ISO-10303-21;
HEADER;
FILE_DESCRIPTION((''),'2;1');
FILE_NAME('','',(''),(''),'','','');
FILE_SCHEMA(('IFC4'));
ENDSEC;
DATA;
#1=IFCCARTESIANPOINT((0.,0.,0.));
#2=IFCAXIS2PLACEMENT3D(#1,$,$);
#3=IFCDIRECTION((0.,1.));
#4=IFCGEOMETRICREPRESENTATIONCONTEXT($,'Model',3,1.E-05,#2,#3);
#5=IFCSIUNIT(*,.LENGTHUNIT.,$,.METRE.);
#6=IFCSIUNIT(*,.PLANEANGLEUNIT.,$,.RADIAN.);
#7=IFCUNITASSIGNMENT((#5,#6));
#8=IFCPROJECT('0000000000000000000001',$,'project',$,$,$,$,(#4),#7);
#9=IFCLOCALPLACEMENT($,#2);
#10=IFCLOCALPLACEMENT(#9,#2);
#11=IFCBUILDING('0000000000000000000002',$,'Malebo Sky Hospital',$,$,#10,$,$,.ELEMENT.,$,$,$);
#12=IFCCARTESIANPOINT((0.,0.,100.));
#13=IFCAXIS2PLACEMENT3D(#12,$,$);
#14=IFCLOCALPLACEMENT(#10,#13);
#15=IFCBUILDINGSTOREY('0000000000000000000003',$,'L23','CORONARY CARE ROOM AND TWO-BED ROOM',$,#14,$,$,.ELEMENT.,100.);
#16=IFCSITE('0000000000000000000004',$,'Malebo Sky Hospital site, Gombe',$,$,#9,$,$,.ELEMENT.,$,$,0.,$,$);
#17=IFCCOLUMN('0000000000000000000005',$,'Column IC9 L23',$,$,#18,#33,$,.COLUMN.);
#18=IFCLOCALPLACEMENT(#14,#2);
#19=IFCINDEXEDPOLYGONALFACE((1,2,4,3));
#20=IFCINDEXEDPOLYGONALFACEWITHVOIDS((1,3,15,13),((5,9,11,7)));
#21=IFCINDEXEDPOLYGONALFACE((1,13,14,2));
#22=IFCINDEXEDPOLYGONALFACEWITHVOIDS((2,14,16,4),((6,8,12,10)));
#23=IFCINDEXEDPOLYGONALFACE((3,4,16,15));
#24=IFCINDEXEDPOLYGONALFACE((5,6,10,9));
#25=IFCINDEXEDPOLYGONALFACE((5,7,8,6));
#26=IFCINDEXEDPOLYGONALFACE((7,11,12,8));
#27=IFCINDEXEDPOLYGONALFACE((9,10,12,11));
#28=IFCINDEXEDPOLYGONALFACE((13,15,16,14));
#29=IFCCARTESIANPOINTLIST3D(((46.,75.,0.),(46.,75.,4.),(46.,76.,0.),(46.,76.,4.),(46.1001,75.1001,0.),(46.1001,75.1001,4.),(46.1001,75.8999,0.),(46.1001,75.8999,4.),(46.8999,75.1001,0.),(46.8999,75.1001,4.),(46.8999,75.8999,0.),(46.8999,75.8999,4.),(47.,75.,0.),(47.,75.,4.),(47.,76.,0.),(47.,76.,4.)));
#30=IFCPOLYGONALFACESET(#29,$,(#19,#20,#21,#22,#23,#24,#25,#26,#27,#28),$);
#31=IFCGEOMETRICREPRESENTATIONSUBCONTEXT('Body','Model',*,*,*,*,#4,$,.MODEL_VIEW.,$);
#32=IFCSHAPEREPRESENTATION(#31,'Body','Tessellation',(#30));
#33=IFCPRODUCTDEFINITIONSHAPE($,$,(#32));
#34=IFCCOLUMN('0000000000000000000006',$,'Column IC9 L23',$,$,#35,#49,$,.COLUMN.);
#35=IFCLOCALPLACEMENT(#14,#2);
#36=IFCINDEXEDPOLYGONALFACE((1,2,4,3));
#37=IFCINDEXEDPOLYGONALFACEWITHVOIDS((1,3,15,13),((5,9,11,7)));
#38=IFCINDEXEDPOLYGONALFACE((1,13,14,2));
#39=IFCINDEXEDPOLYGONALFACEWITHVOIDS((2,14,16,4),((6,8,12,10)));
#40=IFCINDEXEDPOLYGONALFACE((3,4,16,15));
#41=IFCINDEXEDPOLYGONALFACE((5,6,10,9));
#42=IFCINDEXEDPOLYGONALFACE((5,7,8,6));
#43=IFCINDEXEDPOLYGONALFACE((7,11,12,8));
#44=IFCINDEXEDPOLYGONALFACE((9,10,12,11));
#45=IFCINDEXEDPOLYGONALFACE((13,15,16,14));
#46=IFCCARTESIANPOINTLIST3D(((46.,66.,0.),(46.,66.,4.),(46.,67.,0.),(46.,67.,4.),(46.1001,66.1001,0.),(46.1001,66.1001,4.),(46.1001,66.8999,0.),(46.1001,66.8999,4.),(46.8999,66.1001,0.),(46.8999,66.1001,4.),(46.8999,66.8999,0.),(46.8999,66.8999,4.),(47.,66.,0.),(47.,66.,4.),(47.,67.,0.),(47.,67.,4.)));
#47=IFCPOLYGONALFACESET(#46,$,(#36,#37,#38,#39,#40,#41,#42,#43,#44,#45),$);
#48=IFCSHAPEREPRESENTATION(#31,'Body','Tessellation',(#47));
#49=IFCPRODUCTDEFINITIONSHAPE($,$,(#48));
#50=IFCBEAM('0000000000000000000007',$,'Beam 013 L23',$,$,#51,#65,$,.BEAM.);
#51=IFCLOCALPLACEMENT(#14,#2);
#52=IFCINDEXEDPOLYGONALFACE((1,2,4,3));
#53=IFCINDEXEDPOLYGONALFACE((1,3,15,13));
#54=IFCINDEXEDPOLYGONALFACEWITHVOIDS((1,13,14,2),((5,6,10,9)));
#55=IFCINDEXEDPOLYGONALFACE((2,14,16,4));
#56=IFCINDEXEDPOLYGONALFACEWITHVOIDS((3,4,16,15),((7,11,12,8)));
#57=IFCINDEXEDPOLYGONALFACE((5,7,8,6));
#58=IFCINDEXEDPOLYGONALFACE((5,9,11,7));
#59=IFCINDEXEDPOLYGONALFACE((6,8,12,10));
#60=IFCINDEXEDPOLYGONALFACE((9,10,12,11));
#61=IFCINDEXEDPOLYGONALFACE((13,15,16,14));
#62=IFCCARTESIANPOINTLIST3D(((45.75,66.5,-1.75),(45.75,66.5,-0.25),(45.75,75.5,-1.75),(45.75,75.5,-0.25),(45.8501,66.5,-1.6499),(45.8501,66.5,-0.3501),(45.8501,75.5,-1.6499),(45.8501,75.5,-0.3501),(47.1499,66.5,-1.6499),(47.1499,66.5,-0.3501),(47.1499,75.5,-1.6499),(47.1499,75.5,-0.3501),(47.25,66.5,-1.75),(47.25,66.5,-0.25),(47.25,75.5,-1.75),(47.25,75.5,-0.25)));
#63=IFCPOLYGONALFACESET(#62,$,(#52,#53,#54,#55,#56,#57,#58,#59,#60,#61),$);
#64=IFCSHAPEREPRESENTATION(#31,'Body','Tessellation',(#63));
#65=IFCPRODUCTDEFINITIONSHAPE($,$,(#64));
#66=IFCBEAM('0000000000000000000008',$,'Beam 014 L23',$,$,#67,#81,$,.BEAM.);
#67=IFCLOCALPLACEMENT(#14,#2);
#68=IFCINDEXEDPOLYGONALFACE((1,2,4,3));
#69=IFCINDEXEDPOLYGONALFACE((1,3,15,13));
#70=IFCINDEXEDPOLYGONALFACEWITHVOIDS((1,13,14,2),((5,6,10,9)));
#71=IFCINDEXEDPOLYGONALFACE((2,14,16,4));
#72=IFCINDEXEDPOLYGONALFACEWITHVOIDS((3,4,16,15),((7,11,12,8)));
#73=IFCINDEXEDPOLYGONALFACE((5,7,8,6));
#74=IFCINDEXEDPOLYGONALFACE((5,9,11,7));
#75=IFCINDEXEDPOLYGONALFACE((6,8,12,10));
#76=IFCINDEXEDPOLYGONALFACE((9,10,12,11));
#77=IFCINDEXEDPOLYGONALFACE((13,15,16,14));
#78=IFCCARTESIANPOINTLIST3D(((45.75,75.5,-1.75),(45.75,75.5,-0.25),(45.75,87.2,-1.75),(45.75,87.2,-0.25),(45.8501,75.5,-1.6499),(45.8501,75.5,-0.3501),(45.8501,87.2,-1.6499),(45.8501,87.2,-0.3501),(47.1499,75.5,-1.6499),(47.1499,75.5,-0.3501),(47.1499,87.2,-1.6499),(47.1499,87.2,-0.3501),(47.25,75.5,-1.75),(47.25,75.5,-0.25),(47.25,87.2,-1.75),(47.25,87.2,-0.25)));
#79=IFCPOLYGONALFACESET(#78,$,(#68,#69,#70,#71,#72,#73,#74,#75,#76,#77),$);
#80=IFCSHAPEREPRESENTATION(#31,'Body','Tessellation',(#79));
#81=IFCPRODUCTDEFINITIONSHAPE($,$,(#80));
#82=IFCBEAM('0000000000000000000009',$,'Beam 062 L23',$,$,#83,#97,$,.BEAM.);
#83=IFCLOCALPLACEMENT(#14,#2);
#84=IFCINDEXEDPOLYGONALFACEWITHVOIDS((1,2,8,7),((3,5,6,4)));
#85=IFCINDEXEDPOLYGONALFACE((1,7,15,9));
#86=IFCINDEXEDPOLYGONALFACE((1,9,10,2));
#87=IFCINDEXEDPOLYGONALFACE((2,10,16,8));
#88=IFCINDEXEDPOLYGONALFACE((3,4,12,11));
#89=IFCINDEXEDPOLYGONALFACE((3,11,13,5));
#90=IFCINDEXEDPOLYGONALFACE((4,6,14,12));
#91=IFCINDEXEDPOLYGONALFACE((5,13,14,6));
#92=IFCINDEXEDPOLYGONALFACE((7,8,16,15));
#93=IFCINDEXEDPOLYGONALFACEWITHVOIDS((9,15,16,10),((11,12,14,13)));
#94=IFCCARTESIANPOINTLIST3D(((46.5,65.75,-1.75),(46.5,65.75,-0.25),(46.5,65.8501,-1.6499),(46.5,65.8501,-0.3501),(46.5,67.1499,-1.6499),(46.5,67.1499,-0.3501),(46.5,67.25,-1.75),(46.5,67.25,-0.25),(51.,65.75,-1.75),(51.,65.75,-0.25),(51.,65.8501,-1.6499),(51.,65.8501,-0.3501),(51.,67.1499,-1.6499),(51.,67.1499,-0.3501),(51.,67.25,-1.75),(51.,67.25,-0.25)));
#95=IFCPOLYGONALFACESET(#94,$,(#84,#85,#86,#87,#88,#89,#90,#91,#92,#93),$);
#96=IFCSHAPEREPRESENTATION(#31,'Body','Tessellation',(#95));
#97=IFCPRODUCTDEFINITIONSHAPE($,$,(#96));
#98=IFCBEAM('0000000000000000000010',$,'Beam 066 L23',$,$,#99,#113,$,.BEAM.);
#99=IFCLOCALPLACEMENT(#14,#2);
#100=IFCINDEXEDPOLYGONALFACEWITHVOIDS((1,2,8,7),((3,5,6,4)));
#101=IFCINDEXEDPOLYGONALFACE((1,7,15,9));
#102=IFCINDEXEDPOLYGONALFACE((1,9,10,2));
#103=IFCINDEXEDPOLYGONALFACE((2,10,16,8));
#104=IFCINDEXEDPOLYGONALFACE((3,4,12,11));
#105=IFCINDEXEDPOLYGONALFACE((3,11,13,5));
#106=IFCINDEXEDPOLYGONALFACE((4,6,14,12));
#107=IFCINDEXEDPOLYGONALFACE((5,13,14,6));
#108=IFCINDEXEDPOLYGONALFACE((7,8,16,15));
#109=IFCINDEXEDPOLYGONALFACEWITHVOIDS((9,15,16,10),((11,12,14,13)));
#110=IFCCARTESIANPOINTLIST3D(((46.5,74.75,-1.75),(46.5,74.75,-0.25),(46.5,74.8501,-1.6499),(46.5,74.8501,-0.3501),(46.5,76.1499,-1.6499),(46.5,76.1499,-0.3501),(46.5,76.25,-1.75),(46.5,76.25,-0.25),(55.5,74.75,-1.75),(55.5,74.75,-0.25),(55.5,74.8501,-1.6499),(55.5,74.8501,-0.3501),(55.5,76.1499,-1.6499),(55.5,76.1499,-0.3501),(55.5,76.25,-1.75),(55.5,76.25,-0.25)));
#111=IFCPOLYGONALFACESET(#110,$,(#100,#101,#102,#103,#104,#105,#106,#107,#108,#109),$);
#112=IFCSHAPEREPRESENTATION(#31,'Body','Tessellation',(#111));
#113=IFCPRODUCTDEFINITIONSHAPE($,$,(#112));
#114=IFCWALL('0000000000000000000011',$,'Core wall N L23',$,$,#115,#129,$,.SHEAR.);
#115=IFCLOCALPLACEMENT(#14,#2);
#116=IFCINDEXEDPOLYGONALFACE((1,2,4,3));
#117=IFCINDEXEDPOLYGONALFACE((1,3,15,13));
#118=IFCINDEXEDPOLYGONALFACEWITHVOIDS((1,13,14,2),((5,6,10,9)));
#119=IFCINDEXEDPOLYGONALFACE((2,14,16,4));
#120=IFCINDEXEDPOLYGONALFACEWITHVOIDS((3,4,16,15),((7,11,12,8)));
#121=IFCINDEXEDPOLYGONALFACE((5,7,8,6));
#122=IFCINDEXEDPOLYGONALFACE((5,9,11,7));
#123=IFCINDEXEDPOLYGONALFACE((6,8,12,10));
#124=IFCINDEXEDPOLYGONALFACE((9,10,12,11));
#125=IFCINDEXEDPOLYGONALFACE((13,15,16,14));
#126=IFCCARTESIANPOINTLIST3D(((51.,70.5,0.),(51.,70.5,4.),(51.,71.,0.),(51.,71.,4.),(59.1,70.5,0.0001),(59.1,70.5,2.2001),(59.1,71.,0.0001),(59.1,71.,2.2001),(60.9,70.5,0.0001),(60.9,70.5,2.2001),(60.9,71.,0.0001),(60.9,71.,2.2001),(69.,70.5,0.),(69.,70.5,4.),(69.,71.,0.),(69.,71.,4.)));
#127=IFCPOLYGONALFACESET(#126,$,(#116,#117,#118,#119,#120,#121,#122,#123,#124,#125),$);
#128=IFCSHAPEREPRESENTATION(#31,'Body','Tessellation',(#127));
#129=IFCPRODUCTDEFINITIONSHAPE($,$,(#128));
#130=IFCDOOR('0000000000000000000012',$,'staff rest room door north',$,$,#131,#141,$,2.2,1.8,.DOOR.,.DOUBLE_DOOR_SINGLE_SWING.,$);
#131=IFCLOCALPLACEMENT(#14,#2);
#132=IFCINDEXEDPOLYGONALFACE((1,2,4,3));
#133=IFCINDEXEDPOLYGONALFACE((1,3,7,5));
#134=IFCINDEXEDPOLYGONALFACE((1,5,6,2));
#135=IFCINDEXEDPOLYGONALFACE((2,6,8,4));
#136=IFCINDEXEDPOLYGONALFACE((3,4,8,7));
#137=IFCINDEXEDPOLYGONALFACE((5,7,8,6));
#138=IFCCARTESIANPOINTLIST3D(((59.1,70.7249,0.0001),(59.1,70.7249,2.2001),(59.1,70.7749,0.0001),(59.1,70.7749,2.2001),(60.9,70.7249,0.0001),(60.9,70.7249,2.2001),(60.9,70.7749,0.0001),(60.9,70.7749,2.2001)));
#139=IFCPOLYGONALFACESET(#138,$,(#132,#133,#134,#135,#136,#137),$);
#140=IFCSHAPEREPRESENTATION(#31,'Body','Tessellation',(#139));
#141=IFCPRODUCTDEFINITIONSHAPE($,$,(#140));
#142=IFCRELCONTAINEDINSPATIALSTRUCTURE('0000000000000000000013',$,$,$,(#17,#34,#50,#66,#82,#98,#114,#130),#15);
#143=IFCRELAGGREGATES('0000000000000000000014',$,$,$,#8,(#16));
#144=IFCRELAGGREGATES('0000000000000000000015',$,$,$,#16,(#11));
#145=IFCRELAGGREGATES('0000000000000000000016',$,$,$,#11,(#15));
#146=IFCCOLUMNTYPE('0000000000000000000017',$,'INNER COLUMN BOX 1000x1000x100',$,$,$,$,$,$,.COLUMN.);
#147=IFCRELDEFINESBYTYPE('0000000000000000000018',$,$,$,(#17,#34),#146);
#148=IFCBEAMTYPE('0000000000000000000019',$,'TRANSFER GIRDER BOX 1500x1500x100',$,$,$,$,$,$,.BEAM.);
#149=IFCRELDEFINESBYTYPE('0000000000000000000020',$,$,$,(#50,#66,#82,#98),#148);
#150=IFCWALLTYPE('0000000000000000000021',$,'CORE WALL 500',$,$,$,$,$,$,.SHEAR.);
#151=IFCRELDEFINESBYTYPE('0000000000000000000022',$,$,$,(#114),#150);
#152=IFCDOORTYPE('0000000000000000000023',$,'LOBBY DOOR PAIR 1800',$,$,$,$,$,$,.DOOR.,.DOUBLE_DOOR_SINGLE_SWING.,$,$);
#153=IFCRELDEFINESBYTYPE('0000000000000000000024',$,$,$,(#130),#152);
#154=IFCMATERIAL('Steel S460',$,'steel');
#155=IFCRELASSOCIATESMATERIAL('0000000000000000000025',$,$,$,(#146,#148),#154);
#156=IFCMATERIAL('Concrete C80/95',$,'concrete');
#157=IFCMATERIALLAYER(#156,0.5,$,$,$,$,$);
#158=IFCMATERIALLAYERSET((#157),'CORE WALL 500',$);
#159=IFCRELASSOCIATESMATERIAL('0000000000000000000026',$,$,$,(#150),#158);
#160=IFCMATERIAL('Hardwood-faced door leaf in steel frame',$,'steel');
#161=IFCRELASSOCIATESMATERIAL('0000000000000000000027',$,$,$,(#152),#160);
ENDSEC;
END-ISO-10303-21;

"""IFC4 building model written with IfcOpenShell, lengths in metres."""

from ifc_helpers import new_model, si_unit, direction, frame, frame_2d, origin, origin_2d, place, context, subcontext, project, spatial, rectangle, hollow_rectangle, extrude, material, layer, layer_set, material_profile, profile_set, type_object, element, fill, save


model = new_model("IFC4")

# Units and contexts
model_context = context("Model", 3, precision=1e-05, world=origin(), true_north=direction((0.0, 1.0)))
body_context = subcontext(model_context, "Body", "Model", "MODEL_VIEW")
ifc_project = project(units=[si_unit("LENGTHUNIT", "METRE"), si_unit("PLANEANGLEUNIT", "RADIAN")], contexts=[model_context])

# Site, building, storey
site_placement = place(None, origin())
site = spatial("IfcSite", under=ifc_project, at=site_placement, Name="Malebo Sky Hospital site, Gombe", CompositionType="ELEMENT", RefElevation=0.0)
building_placement = place(site_placement, origin())
building = spatial("IfcBuilding", under=site, at=building_placement, Name="Malebo Sky Hospital", CompositionType="ELEMENT")
storey_placement = place(building_placement, frame((0.0, 0.0, 100.0)))
storey = spatial("IfcBuildingStorey", under=building, at=storey_placement, Name="L23", Description="CORONARY CARE ROOM AND TWO-BED ROOM", CompositionType="ELEMENT", Elevation=100.0)

# Columns
ifc_material_1 = material(Name="Steel S460", Category="steel")
ifc_material_profile_1 = material_profile(ifc_material_1, hollow_rectangle(XDim=1.0, YDim=1.0, WallThickness=0.1001, at=origin_2d()), Name="BOX 1000x1000x100")
ifc_profile_set_1 = profile_set([ifc_material_profile_1], Name="Steel S460")
column_type = type_object("IfcColumnType", Name="INNER COLUMN BOX 1000x1000x100", PredefinedType="COLUMN", material=ifc_profile_set_1)
for number, where, z_axis, x_axis, name in (
    (1, (46.5, 75.5, 0.0), (0.0, 0.0, 1.0), (1.0, 0.0, 0.0), "Column IC9 L23"),
    (2, (46.5, 66.5, 0.0), (0.0, 0.0, 1.0), (1.0, 0.0, 0.0), "Column IC9 L23"),
):
    element("IfcColumn", number, at=place(storey_placement, frame(where, z_axis=z_axis, x_axis=x_axis)), inside=storey, type_object=column_type, Name=name, PredefinedType="COLUMN", context=body_context, shape_type="SweptSolid", body=[
        extrude(hollow_rectangle(XDim=1.0, YDim=1.0, WallThickness=0.1001, at=origin_2d()), origin(), (0.0, 0.0, 1.0), 4.0),
    ])

# Beams
ifc_material_profile_2 = material_profile(ifc_material_1, hollow_rectangle(XDim=1.5, YDim=1.5, WallThickness=0.1001, at=origin_2d()), Name="BOX 1500x1500x100")
ifc_profile_set_2 = profile_set([ifc_material_profile_2], Name="Steel S460")
beam_type = type_object("IfcBeamType", Name="TRANSFER GIRDER BOX 1500x1500x100", PredefinedType="BEAM", material=ifc_profile_set_2)
beam_1_placement = place(storey_placement, frame((46.5, 66.5, -1.0), z_axis=(0.0, 1.0, 0.0), x_axis=(-1.0, 0.0, 0.0)))
element("IfcBeam", 3, at=beam_1_placement, inside=storey, type_object=beam_type, Name="Beam 013 L23", PredefinedType="BEAM", context=body_context, shape_type="SweptSolid", body=[
    extrude(hollow_rectangle(XDim=1.5, YDim=1.5, WallThickness=0.1001, at=origin_2d()), origin(), (0.0, 0.0, 1.0), 9.0),
])
beam_2_placement = place(storey_placement, frame((46.5, 75.5, -1.0), z_axis=(0.0, 1.0, 0.0), x_axis=(-1.0, 0.0, 0.0)))
element("IfcBeam", 4, at=beam_2_placement, inside=storey, type_object=beam_type, Name="Beam 014 L23", PredefinedType="BEAM", context=body_context, shape_type="SweptSolid", body=[
    extrude(hollow_rectangle(XDim=1.5, YDim=1.5, WallThickness=0.1001, at=origin_2d()), origin(), (0.0, 0.0, 1.0), 11.7),
])
beam_3_placement = place(storey_placement, frame((46.5, 66.5, -1.0), z_axis=(1.0, 0.0, 0.0), x_axis=(0.0, 1.0, 0.0)))
element("IfcBeam", 5, at=beam_3_placement, inside=storey, type_object=beam_type, Name="Beam 062 L23", PredefinedType="BEAM", context=body_context, shape_type="SweptSolid", body=[
    extrude(hollow_rectangle(XDim=1.5, YDim=1.5, WallThickness=0.1001, at=origin_2d()), origin(), (0.0, 0.0, 1.0), 4.5),
])
beam_4_placement = place(storey_placement, frame((46.5, 75.5, -1.0), z_axis=(1.0, 0.0, 0.0), x_axis=(0.0, 1.0, 0.0)))
element("IfcBeam", 6, at=beam_4_placement, inside=storey, type_object=beam_type, Name="Beam 066 L23", PredefinedType="BEAM", context=body_context, shape_type="SweptSolid", body=[
    extrude(hollow_rectangle(XDim=1.5, YDim=1.5, WallThickness=0.1001, at=origin_2d()), origin(), (0.0, 0.0, 1.0), 9.0),
])

# Wall, opening, door
ifc_material_2 = material(Name="Concrete C80/95", Category="concrete")
ifc_layer_1 = layer(ifc_material_2, 0.5)
ifc_layer_set_1 = layer_set([ifc_layer_1], Name="CORE WALL 500")
wall_type_1 = type_object("IfcWallType", Name="CORE WALL 500", PredefinedType="SHEAR", material=ifc_layer_set_1)
wall_1_placement = place(storey_placement, frame((51.0, 70.75, 0.0), z_axis=(0.0, 0.0, 1.0), x_axis=(1.0, 0.0, 0.0)))
wall_1 = element("IfcWall", 7, at=wall_1_placement, inside=storey, type_object=wall_type_1, Name="Core wall N L23", PredefinedType="SHEAR", context=body_context, shape_type="SweptSolid", body=[
    extrude(rectangle(XDim=18.0, YDim=0.5, at=frame_2d((9.0, 0.0))), origin(), (0.0, 0.0, 1.0), 4.0),
])
opening_1_placement = place(wall_1_placement, frame((8.1001, 0.0, 0.0)))
opening_1 = element("IfcOpeningElement", 8, at=opening_1_placement, cuts=wall_1, PredefinedType="OPENING", context=body_context, shape_type="SweptSolid", body=[
    extrude(rectangle(XDim=1.8, YDim=2.2, at=frame_2d((0.8999, 1.1001))), frame((0.0, 0.26, 0.0), z_axis=(0.0, -1.0, 0.0), x_axis=(1.0, 0.0, 0.0)), (0.0, 0.0, 1.0), 0.52),
])
ifc_material_3 = material(Name="Hardwood-faced door leaf in steel frame", Category="steel")
door_type_1 = type_object("IfcDoorType", Name="LOBBY DOOR PAIR 1800", OperationType="DOUBLE_DOOR_SINGLE_SWING", PredefinedType="DOOR", material=ifc_material_3)
door_1_placement = place(opening_1_placement, origin())
door_1 = element("IfcDoor", 9, at=door_1_placement, inside=storey, type_object=door_type_1, Name="staff rest room door north", OperationType="DOUBLE_DOOR_SINGLE_SWING", OverallHeight=2.2, OverallWidth=1.8, PredefinedType="DOOR", context=body_context, shape_type="SweptSolid", body=[
    extrude(rectangle(XDim=1.8, YDim=2.2, at=frame_2d((0.8999, 1.1001))), frame((0.0, 0.0249, 0.0), z_axis=(0.0, -1.0, 0.0), x_axis=(1.0, 0.0, 0.0)), (0.0, 0.0, 1.0), 0.05),
])
fill(opening_1, door_1)

save(model, "model.ifc")
